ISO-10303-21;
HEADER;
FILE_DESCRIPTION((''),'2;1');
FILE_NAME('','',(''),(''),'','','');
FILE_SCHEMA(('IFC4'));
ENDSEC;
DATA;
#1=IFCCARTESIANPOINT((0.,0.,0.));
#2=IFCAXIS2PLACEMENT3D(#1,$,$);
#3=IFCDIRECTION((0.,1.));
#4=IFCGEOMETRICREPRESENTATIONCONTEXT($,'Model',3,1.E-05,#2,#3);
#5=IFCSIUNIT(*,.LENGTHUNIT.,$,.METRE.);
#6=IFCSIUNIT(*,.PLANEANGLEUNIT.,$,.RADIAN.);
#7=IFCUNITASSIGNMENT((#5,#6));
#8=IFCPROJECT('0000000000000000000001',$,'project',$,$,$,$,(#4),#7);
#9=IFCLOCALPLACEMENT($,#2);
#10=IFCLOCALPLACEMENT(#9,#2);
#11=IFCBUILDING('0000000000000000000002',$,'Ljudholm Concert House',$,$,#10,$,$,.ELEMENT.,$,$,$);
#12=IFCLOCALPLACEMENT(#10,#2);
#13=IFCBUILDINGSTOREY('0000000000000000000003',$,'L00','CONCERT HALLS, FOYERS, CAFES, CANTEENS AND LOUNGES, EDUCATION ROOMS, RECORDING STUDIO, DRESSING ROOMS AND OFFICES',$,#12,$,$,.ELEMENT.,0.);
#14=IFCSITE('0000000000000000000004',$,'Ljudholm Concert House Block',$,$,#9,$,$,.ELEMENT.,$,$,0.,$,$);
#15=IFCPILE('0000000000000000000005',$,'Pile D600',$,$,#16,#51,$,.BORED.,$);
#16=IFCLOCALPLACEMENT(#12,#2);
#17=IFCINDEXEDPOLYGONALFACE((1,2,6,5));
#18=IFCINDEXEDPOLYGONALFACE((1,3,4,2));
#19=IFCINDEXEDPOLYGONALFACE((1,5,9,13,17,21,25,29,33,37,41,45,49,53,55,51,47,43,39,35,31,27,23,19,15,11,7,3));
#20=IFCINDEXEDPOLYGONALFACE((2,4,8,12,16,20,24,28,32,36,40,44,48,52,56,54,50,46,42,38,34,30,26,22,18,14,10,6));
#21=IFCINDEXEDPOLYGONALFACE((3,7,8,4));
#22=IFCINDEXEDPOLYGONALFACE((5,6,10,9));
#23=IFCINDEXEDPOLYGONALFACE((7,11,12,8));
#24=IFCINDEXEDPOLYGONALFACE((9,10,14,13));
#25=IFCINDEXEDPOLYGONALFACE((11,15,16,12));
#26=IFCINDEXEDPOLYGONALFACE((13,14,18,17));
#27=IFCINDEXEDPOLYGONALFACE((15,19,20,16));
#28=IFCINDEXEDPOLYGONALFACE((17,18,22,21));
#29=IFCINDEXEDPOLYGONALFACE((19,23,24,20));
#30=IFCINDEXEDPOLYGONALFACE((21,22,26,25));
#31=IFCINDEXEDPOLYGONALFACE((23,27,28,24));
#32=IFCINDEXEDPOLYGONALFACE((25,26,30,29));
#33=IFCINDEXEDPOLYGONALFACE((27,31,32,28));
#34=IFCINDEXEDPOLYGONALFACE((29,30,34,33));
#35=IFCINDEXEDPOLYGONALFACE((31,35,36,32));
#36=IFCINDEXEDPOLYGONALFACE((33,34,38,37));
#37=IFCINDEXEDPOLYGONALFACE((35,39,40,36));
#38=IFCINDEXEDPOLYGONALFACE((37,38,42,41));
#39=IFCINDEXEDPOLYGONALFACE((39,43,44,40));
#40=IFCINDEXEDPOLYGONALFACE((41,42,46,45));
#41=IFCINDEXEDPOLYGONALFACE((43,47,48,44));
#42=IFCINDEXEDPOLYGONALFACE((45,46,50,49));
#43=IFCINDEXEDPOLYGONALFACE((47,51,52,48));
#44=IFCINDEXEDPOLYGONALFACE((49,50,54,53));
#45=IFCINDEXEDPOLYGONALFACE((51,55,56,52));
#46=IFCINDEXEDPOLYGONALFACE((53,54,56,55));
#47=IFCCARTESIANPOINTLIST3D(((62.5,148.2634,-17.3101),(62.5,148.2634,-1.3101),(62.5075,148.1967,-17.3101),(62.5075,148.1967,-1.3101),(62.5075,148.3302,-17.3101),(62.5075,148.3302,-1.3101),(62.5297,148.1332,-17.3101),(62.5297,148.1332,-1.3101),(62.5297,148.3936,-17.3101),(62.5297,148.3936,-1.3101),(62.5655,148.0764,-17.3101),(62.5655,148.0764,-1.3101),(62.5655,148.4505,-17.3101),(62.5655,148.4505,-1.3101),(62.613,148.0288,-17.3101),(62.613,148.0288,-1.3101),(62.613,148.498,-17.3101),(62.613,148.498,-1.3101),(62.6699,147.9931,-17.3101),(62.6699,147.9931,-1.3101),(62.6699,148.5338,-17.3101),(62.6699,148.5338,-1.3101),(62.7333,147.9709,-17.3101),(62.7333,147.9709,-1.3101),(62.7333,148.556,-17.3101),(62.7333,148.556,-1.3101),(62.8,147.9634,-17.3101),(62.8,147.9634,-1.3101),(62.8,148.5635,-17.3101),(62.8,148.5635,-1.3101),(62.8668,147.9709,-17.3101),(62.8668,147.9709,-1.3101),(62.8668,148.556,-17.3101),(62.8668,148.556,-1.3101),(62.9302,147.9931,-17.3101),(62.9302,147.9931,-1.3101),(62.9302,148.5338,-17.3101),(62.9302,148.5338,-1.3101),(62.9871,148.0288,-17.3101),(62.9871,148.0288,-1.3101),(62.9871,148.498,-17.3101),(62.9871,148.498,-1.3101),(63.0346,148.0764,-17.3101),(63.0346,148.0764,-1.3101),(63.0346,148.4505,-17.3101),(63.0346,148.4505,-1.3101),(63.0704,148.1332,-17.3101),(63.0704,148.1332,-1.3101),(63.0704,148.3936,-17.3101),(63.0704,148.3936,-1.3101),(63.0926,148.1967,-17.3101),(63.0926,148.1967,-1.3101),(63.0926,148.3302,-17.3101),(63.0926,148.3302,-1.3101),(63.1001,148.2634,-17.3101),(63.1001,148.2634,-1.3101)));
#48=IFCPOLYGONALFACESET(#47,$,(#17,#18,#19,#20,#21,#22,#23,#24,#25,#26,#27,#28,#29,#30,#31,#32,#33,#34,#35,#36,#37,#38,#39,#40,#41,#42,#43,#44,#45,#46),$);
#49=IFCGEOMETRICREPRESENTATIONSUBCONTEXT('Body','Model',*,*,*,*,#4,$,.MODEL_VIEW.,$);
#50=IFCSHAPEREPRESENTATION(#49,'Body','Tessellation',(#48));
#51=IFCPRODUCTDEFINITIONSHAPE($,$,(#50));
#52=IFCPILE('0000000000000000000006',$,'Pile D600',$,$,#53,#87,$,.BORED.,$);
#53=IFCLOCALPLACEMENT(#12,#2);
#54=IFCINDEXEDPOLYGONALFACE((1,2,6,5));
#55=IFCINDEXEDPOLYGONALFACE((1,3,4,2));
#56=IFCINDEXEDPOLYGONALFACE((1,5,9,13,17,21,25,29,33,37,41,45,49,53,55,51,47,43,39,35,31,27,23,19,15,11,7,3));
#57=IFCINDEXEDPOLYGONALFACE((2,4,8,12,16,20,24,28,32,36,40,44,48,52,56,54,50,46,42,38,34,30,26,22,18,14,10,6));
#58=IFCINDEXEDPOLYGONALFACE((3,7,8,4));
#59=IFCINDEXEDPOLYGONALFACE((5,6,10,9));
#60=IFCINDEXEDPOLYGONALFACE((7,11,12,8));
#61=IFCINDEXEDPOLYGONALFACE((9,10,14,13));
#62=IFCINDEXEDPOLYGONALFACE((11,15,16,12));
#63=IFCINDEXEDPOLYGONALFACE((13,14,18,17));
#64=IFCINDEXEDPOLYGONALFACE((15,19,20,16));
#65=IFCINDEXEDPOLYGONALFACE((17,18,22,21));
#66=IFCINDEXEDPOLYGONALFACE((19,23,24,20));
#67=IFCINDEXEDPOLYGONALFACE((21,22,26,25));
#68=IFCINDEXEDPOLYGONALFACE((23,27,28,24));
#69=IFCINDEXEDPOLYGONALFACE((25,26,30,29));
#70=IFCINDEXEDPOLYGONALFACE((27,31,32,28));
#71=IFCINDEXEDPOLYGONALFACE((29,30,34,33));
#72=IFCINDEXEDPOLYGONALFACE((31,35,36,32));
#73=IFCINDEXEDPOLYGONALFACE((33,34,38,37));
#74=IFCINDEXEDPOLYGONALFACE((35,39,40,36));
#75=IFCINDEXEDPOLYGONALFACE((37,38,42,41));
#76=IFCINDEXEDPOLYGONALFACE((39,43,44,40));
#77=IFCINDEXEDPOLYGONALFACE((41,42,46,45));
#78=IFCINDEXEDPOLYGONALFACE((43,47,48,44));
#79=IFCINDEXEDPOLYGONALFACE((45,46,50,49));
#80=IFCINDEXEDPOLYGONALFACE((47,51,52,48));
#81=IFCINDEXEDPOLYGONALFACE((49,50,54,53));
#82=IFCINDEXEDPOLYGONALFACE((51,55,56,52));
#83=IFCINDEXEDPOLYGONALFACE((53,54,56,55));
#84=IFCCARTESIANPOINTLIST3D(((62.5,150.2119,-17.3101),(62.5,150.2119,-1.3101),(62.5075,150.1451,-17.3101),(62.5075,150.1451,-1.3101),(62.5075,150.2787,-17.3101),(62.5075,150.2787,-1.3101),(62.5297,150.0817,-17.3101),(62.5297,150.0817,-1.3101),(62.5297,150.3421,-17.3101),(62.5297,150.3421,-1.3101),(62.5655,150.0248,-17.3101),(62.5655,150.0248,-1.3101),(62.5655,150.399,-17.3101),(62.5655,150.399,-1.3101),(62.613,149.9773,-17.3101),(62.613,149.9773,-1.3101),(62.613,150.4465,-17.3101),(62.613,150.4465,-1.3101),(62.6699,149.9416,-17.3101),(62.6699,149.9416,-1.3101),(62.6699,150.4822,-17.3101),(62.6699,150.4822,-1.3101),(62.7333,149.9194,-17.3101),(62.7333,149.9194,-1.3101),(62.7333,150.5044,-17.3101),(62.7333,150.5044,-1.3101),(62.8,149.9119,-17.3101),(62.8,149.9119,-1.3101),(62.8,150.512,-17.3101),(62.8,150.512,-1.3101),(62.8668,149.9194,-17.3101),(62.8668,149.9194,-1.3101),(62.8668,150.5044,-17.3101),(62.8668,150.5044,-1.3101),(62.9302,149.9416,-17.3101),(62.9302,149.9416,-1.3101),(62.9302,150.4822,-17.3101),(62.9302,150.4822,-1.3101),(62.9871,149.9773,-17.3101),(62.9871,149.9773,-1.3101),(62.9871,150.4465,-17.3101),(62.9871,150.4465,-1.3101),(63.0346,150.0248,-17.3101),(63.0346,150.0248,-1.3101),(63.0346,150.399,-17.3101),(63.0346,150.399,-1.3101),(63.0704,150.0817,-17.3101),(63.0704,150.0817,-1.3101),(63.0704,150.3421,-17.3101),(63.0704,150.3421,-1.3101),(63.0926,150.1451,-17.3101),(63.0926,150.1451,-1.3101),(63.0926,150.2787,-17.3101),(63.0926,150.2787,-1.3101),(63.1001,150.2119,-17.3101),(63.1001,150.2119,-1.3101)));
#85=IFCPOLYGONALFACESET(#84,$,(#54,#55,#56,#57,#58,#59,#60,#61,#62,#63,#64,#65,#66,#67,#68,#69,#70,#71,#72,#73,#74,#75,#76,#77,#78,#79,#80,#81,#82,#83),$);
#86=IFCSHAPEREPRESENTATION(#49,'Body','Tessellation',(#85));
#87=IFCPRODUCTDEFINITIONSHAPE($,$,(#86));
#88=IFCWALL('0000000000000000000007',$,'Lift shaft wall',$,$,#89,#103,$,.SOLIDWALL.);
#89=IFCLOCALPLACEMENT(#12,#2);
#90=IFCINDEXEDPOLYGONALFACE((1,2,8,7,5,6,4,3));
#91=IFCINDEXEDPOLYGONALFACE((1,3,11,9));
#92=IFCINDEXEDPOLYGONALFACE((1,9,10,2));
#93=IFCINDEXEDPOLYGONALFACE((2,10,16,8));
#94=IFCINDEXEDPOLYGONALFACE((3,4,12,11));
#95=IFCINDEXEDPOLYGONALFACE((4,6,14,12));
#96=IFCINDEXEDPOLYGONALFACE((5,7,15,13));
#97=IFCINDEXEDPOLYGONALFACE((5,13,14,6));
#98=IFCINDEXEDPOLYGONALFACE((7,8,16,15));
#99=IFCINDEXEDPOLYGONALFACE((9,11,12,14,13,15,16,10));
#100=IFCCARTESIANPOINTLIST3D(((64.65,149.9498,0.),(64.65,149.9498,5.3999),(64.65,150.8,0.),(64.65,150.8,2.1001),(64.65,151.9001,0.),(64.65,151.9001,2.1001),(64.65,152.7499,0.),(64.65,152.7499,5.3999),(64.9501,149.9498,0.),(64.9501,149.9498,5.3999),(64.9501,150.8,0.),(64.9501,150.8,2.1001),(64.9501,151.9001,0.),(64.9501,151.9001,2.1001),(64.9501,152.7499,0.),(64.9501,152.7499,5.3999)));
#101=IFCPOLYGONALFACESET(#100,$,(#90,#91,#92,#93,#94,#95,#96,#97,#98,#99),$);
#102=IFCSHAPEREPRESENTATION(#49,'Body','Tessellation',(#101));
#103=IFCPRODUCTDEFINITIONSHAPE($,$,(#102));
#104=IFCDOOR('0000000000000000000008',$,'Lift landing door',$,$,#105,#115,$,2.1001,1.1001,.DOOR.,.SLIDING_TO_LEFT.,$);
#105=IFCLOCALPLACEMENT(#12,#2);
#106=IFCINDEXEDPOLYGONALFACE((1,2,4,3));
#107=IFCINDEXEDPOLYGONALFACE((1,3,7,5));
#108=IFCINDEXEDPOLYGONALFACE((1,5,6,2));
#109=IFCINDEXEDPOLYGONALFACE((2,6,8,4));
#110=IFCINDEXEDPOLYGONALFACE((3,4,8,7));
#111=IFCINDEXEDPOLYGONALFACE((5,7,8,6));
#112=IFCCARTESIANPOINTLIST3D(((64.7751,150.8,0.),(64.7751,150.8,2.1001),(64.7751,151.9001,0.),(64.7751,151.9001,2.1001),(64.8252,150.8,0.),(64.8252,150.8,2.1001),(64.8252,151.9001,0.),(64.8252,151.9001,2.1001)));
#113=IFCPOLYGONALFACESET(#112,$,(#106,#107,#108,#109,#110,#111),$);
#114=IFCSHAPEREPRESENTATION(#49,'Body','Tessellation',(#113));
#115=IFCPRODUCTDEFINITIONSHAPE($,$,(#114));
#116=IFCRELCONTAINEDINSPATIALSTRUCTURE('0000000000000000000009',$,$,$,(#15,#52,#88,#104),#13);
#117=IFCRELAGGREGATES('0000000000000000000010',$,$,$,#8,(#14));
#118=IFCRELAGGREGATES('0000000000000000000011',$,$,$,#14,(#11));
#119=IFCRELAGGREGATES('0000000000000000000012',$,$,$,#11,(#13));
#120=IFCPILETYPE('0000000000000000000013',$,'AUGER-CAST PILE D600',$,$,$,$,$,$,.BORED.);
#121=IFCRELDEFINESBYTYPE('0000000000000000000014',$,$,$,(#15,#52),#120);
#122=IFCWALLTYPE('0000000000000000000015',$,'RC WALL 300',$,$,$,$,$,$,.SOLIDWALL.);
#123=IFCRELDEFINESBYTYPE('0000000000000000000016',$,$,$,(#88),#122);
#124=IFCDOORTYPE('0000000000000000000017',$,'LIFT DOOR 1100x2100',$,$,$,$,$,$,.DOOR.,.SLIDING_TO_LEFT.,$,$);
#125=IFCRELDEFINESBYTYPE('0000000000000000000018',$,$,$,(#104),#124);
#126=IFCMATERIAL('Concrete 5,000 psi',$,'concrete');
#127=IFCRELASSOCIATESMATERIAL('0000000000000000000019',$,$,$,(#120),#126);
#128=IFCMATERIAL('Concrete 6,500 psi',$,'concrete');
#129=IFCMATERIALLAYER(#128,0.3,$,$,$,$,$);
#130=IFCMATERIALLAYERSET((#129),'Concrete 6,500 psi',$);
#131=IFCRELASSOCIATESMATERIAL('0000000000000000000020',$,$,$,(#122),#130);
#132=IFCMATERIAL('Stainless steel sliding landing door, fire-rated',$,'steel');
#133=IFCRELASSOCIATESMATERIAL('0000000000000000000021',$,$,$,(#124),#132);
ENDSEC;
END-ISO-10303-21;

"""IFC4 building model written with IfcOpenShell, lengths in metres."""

from ifc_helpers import new_model, si_unit, direction, frame, frame_2d, origin, origin_2d, place, context, subcontext, project, spatial, rectangle, circle, extrude, material, layer, layer_set, material_profile, profile_set, type_object, element, fill, save


model = new_model("IFC4")

# Units and contexts
model_context = context("Model", 3, precision=1e-05, world=origin(), true_north=direction((0.0, 1.0)))
body_context = subcontext(model_context, "Body", "Model", "MODEL_VIEW")
ifc_project = project(units=[si_unit("LENGTHUNIT", "METRE"), si_unit("PLANEANGLEUNIT", "RADIAN")], contexts=[model_context])

# Site, building, storey
site_placement = place(None, origin())
site = spatial("IfcSite", under=ifc_project, at=site_placement, Name="Ljudholm Concert House Block", CompositionType="ELEMENT", RefElevation=0.0)
building_placement = place(site_placement, origin())
building = spatial("IfcBuilding", under=site, at=building_placement, Name="Ljudholm Concert House", CompositionType="ELEMENT")
storey_placement = place(building_placement, origin())
storey = spatial("IfcBuildingStorey", under=building, at=storey_placement, Name="L00", Description="CONCERT HALLS, FOYERS, CAFES, CANTEENS AND LOUNGES, EDUCATION ROOMS, RECORDING STUDIO, DRESSING ROOMS AND OFFICES", CompositionType="ELEMENT", Elevation=0.0)

# Piles
ifc_material_1 = material(Name="Concrete 5,000 psi", Category="concrete")
ifc_material_profile = material_profile(ifc_material_1, circle(Radius=0.3, at=origin_2d()), Name="AUGER-CAST PILE D600")
ifc_profile_set = profile_set([ifc_material_profile], Name="Concrete 5,000 psi")
pile_type = type_object("IfcPileType", Name="AUGER-CAST PILE D600", PredefinedType="BORED", material=ifc_profile_set)
for number, where, z_axis, x_axis, name in (
    (1, (62.8, 148.2634, -1.3101), (0.0, 0.0, -1.0), (1.0, 0.0, 0.0), "Pile D600"),
    (2, (62.8, 150.2119, -1.3101), (0.0, 0.0, -1.0), (1.0, 0.0, 0.0), "Pile D600"),
):
    element("IfcPile", number, at=place(storey_placement, frame(where, z_axis=z_axis, x_axis=x_axis)), inside=storey, type_object=pile_type, Name=name, PredefinedType="BORED", context=body_context, shape_type="SweptSolid", body=[
        extrude(circle(Radius=0.3, at=origin_2d()), origin(), (0.0, 0.0, 1.0), 16.0),
    ])

# Wall, opening, door
ifc_material_2 = material(Name="Concrete 6,500 psi", Category="concrete")
ifc_layer_1 = layer(ifc_material_2, 0.3)
ifc_layer_set_1 = layer_set([ifc_layer_1], Name="Concrete 6,500 psi")
wall_type_1 = type_object("IfcWallType", Name="RC WALL 300", PredefinedType="SOLIDWALL", material=ifc_layer_set_1)
wall_1_placement = place(storey_placement, frame((64.8, 149.95, 0.0), z_axis=(0.0, 0.0, 1.0), x_axis=(0.0, 1.0, 0.0)))
wall_1 = element("IfcWall", 3, at=wall_1_placement, inside=storey, type_object=wall_type_1, Name="Lift shaft wall", PredefinedType="SOLIDWALL", context=body_context, shape_type="SweptSolid", body=[
    extrude(rectangle(XDim=2.8, YDim=0.3, at=frame_2d((1.3999, 0.0))), origin(), (0.0, 0.0, 1.0), 5.3999),
])
opening_1_placement = place(wall_1_placement, frame((0.8501, 0.0, 0.0)))
opening_1 = element("IfcOpeningElement", 4, at=opening_1_placement, cuts=wall_1, PredefinedType="OPENING", context=body_context, shape_type="SweptSolid", body=[
    extrude(rectangle(XDim=1.1001, YDim=2.1001, at=frame_2d((0.55, 1.05))), frame((0.0, 0.1599, 0.0), z_axis=(0.0, -1.0, 0.0), x_axis=(1.0, 0.0, 0.0)), (0.0, 0.0, 1.0), 0.3201),
])
ifc_material_3 = material(Name="Stainless steel sliding landing door, fire-rated", Category="steel")
door_type_1 = type_object("IfcDoorType", Name="LIFT DOOR 1100x2100", OperationType="SLIDING_TO_LEFT", PredefinedType="DOOR", material=ifc_material_3)
door_1_placement = place(opening_1_placement, origin())
door_1 = element("IfcDoor", 5, at=door_1_placement, inside=storey, type_object=door_type_1, Name="Lift landing door", OperationType="SLIDING_TO_LEFT", OverallHeight=2.1001, OverallWidth=1.1001, PredefinedType="DOOR", context=body_context, shape_type="SweptSolid", body=[
    extrude(rectangle(XDim=1.1001, YDim=2.1001, at=frame_2d((0.55, 1.05))), frame((0.0, 0.0249, 0.0), z_axis=(0.0, -1.0, 0.0), x_axis=(1.0, 0.0, 0.0)), (0.0, 0.0, 1.0), 0.05),
])
fill(opening_1, door_1)

save(model, "model.ifc")
